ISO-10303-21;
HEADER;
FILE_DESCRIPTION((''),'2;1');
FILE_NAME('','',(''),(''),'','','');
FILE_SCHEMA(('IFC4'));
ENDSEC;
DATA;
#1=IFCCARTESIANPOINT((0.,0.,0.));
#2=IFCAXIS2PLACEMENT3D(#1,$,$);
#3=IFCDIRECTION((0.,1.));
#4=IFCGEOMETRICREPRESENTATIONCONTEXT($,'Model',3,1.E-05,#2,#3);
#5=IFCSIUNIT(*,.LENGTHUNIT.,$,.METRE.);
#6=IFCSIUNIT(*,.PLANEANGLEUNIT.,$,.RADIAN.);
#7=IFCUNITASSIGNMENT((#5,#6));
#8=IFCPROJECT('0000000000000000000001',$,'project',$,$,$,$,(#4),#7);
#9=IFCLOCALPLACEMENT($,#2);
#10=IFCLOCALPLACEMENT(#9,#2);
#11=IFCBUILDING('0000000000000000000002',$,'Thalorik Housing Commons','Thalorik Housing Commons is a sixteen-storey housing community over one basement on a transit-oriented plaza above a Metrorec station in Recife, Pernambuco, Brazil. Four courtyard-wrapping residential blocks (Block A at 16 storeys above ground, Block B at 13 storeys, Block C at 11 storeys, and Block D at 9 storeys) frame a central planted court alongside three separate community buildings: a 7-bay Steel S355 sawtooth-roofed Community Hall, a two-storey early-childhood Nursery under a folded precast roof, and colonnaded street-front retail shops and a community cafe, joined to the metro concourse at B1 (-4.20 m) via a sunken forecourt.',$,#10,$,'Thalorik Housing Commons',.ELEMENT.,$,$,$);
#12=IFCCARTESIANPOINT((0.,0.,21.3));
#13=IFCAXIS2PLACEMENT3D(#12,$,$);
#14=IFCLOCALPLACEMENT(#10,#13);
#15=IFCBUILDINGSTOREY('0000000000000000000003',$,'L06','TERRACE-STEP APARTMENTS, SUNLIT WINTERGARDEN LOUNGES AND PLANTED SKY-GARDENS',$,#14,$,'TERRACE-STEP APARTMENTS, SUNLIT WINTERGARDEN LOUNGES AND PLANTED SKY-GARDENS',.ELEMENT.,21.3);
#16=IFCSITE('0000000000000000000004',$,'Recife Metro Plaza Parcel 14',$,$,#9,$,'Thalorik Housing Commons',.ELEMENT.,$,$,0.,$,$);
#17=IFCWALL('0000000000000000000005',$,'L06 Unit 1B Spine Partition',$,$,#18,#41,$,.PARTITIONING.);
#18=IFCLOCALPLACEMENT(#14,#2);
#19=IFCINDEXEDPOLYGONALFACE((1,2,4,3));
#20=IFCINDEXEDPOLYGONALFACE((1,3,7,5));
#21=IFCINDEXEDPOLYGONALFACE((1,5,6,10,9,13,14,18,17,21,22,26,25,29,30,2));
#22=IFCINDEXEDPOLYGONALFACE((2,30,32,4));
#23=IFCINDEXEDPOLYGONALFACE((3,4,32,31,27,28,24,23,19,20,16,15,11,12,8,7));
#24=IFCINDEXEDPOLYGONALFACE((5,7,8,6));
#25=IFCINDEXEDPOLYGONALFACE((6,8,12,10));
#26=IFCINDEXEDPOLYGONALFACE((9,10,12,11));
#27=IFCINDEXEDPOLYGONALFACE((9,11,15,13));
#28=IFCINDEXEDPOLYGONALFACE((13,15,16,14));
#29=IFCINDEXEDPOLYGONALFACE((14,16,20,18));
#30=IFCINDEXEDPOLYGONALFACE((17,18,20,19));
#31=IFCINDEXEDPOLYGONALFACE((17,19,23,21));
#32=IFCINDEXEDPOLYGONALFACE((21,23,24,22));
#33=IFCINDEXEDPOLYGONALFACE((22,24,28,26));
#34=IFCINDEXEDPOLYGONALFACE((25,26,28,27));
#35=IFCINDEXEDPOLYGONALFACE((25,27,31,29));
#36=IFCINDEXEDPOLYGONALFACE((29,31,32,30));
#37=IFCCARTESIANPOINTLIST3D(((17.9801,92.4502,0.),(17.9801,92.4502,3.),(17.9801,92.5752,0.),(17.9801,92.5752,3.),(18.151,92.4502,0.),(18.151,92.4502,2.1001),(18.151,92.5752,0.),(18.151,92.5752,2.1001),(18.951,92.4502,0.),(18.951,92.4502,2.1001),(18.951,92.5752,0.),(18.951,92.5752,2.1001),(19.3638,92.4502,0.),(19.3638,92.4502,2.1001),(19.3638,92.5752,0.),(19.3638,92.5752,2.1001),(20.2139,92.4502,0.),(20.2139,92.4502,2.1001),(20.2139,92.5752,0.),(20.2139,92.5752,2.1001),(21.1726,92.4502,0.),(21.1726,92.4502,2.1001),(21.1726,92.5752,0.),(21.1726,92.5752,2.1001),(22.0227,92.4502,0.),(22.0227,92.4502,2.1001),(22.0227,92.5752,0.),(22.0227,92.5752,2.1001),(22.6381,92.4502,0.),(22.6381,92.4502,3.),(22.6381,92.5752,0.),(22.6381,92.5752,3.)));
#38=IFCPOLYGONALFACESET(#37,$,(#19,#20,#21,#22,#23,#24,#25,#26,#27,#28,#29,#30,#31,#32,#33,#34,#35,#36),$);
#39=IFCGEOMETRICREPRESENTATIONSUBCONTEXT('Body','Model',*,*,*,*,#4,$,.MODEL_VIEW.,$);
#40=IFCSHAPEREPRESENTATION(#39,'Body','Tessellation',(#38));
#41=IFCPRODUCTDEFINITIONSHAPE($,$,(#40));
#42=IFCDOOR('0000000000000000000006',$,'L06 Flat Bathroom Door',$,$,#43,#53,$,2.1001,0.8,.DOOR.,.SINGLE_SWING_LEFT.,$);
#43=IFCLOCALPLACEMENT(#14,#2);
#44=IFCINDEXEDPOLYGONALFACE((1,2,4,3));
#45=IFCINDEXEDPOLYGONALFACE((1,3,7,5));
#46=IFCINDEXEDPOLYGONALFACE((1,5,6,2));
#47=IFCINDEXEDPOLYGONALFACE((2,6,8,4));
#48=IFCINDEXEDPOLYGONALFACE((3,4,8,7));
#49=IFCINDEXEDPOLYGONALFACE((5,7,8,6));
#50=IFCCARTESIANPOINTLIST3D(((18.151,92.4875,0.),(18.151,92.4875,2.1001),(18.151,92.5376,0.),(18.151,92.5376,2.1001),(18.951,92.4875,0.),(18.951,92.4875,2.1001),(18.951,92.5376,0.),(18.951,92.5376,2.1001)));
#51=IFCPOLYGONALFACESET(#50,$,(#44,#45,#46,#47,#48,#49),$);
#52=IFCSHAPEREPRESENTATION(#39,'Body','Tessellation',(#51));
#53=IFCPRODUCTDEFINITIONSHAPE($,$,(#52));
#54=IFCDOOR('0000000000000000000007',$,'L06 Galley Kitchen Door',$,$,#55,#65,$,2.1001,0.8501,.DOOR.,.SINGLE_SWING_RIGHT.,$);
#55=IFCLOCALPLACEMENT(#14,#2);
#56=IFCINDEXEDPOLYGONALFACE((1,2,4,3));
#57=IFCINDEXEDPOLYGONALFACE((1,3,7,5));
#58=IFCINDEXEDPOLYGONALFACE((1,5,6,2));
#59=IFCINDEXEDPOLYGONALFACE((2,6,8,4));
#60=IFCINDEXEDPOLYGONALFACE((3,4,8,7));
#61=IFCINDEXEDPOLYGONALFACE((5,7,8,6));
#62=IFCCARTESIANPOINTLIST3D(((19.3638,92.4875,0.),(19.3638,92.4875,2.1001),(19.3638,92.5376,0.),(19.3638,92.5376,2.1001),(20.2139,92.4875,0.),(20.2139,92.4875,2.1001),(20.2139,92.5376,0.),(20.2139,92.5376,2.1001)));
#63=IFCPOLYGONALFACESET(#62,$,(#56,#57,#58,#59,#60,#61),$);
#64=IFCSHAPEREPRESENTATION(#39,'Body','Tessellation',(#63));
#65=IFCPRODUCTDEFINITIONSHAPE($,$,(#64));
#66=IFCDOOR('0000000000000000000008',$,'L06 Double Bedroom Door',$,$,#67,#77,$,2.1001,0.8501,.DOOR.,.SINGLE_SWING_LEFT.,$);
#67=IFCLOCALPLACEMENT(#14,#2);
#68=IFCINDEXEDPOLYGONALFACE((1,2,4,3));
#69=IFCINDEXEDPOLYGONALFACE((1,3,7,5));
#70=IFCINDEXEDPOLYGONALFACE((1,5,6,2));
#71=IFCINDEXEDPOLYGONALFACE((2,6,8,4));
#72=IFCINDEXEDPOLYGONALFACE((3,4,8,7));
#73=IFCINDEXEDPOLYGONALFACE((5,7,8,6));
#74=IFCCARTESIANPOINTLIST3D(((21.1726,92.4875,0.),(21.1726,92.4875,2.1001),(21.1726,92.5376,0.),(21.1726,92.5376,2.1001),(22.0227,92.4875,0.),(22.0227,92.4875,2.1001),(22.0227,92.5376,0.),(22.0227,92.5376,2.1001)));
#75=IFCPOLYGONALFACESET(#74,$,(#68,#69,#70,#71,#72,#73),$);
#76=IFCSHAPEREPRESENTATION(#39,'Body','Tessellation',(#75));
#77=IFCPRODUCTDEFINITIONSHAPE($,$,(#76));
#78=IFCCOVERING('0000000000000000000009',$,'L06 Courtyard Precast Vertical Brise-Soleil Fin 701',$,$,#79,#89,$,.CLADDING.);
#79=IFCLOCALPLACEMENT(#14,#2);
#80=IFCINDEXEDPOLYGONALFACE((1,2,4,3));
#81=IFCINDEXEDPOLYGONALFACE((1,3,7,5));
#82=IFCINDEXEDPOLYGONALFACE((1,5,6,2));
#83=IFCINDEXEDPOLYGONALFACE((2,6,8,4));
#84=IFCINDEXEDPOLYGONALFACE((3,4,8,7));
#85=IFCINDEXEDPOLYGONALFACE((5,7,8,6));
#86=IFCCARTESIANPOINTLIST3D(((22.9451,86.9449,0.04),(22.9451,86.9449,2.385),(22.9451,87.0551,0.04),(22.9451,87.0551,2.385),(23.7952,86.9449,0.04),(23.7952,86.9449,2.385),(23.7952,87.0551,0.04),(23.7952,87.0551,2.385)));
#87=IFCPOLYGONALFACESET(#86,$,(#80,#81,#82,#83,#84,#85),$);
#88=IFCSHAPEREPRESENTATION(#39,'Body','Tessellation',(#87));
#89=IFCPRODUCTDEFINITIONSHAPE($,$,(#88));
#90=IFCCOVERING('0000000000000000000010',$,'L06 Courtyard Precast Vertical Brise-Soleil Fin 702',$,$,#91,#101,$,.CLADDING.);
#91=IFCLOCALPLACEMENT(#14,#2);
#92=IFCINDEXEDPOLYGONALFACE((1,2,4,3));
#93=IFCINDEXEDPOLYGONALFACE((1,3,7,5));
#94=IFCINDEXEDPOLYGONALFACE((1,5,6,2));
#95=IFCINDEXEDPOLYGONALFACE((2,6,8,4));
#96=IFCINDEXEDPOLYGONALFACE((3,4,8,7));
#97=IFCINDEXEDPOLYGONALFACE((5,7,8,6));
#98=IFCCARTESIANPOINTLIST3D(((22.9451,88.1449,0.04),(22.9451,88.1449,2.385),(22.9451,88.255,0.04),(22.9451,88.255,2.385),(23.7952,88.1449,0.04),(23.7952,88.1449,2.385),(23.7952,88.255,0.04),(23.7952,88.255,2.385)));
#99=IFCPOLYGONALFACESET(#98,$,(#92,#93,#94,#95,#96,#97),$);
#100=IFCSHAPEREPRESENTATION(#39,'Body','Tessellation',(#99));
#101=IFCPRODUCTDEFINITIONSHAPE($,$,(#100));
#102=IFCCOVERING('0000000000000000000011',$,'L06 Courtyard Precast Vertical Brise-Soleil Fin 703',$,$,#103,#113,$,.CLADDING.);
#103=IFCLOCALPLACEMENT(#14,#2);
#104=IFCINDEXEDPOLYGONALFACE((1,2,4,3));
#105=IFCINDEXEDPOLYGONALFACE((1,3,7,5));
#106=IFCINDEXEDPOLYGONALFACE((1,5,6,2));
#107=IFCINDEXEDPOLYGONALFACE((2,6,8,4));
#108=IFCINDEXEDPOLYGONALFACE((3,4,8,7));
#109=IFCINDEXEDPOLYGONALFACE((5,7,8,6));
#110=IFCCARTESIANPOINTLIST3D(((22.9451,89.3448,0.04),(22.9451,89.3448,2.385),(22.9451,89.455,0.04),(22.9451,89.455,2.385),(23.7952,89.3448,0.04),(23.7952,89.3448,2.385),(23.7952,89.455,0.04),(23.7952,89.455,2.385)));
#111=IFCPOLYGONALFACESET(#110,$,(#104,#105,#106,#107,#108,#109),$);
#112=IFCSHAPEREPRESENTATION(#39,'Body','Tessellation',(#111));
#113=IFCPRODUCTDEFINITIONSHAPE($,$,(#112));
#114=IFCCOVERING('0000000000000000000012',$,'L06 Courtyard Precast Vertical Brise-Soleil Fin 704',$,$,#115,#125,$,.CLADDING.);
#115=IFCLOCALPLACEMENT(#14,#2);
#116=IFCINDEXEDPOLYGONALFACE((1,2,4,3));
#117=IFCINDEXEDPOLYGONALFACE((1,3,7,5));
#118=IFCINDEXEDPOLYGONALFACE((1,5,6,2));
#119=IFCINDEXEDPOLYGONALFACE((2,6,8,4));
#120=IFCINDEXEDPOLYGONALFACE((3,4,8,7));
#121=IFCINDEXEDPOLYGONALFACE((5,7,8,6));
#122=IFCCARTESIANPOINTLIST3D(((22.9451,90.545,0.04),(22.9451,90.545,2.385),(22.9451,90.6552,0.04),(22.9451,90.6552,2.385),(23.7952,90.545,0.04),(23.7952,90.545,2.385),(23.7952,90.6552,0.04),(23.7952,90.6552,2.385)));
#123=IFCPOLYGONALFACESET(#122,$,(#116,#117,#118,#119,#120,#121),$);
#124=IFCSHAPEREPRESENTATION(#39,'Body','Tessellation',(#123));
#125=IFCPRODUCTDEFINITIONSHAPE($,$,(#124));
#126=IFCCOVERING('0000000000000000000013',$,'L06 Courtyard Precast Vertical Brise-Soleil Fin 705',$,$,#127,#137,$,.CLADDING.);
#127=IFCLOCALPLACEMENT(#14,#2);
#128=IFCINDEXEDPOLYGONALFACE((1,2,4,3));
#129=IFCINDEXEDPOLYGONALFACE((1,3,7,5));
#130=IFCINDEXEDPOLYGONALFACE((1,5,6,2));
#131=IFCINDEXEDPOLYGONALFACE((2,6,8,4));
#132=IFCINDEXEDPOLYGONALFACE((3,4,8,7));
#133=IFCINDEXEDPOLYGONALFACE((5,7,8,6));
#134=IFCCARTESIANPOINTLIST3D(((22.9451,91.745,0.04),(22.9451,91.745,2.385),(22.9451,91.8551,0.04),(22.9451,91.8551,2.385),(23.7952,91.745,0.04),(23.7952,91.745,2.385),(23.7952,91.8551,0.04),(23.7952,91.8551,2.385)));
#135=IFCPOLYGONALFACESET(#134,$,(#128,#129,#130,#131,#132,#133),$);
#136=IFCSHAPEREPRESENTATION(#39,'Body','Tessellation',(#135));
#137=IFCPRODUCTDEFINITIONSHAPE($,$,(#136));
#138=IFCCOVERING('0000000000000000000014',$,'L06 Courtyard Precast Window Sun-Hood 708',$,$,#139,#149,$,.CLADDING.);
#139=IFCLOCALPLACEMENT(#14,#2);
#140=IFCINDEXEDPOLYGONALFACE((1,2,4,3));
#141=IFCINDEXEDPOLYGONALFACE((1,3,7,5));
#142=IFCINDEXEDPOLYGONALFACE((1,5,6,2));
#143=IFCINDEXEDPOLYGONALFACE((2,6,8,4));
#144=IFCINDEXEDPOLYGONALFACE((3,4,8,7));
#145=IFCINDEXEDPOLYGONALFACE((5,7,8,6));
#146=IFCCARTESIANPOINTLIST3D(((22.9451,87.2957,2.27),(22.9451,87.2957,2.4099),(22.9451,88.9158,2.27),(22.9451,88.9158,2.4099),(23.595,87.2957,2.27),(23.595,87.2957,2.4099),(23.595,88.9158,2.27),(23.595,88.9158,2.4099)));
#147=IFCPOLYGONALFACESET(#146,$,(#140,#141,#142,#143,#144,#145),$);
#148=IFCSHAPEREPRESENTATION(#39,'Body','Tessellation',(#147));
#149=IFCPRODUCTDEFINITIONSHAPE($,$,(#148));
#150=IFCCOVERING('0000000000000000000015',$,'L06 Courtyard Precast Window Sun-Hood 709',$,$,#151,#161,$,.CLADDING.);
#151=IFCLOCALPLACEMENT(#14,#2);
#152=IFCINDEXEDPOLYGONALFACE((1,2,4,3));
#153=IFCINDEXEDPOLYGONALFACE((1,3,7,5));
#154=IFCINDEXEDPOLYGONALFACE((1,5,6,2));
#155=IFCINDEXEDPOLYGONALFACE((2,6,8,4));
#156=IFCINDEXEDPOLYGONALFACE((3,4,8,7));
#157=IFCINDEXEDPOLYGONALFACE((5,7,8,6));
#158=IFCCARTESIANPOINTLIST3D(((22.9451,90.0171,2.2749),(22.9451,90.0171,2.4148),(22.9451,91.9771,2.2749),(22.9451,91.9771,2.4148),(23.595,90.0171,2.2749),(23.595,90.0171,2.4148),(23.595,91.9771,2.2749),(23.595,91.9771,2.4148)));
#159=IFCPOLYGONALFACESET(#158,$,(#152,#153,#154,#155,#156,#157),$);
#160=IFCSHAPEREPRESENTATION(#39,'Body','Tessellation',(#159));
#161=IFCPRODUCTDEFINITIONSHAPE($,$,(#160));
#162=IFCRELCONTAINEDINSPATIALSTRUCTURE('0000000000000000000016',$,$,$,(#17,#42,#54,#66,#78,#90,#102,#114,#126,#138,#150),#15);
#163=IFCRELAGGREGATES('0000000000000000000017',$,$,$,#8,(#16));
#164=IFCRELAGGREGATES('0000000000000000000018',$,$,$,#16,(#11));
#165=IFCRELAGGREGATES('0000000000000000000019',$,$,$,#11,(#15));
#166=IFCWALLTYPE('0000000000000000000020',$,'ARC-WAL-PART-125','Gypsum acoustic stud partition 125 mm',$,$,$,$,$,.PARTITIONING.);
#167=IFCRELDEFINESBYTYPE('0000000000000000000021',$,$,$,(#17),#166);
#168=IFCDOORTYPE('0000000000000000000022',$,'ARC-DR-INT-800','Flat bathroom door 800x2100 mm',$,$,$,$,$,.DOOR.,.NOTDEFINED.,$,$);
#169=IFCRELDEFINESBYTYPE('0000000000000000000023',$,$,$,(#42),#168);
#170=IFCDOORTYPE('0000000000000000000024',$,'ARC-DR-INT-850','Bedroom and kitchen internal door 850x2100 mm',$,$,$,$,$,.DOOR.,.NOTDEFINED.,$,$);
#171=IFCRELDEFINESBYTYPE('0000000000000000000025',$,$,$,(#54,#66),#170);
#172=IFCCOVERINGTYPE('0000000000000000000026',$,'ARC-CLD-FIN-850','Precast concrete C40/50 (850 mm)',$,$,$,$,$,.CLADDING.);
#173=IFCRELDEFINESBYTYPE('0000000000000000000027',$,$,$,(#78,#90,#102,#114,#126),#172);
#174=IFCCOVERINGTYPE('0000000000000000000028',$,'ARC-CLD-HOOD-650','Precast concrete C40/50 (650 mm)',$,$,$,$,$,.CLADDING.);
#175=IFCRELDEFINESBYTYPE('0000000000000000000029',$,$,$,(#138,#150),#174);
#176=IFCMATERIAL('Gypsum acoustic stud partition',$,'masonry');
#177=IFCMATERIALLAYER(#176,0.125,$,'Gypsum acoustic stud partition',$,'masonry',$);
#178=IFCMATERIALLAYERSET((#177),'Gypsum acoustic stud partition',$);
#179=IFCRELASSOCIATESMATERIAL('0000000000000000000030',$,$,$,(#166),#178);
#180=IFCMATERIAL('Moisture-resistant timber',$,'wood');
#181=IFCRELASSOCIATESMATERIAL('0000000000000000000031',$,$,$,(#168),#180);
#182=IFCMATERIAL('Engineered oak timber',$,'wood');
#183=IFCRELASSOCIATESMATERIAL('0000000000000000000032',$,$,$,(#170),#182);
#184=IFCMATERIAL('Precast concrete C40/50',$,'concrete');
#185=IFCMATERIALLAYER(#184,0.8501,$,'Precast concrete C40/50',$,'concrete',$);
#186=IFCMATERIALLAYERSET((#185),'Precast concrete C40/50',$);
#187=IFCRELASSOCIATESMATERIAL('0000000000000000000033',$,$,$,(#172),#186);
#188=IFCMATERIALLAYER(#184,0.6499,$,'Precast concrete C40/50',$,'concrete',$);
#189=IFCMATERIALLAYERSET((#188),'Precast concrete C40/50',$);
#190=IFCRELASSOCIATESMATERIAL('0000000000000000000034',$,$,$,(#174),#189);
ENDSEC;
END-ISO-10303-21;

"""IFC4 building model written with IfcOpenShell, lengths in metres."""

from ifc_helpers import new_model, si_unit, direction, frame, frame_2d, origin, origin_2d, place, context, subcontext, project, spatial, rectangle, extrude, material, layer, layer_set, type_object, element, fill, save


model = new_model("IFC4")

# Units and contexts
model_context = context("Model", 3, precision=1e-05, world=origin(), true_north=direction((0.0, 1.0)))
body_context = subcontext(model_context, "Body", "Model", "MODEL_VIEW")
ifc_project = project(units=[si_unit("LENGTHUNIT", "METRE"), si_unit("PLANEANGLEUNIT", "RADIAN")], contexts=[model_context])

# Site, building, storey
site_placement = place(None, origin())
site = spatial("IfcSite", under=ifc_project, at=site_placement, Name="Recife Metro Plaza Parcel 14", LongName="Thalorik Housing Commons", CompositionType="ELEMENT", RefElevation=0.0)
building_placement = place(site_placement, origin())
building = spatial("IfcBuilding", under=site, at=building_placement, Name="Thalorik Housing Commons", Description="Thalorik Housing Commons is a sixteen-storey housing community over one basement on a transit-oriented plaza above a Metrorec station in Recife, Pernambuco, Brazil. Four courtyard-wrapping residential blocks (Block A at 16 storeys above ground, Block B at 13 storeys, Block C at 11 storeys, and Block D at 9 storeys) frame a central planted court alongside three separate community buildings: a 7-bay Steel S355 sawtooth-roofed Community Hall, a two-storey early-childhood Nursery under a folded precast roof, and colonnaded street-front retail shops and a community cafe, joined to the metro concourse at B1 (-4.20 m) via a sunken forecourt.", LongName="Thalorik Housing Commons", CompositionType="ELEMENT")
storey_placement = place(building_placement, frame((0.0, 0.0, 21.3)))
storey = spatial("IfcBuildingStorey", under=building, at=storey_placement, Name="L06", Description="TERRACE-STEP APARTMENTS, SUNLIT WINTERGARDEN LOUNGES AND PLANTED SKY-GARDENS", LongName="TERRACE-STEP APARTMENTS, SUNLIT WINTERGARDEN LOUNGES AND PLANTED SKY-GARDENS", CompositionType="ELEMENT", Elevation=21.3)

# Shared definitions
ifc_material_1 = material(Name="Precast concrete C40/50", Category="concrete")

# Wall, openings, doors
ifc_material_2 = material(Name="Gypsum acoustic stud partition", Category="masonry")
ifc_layer_1 = layer(ifc_material_2, 0.125, Name="Gypsum acoustic stud partition", Category="masonry")
ifc_layer_set_1 = layer_set([ifc_layer_1], Name="Gypsum acoustic stud partition")
wall_type_1 = type_object("IfcWallType", Name="ARC-WAL-PART-125", Description="Gypsum acoustic stud partition 125 mm", PredefinedType="PARTITIONING", material=ifc_layer_set_1)
wall_1_placement = place(storey_placement, frame((17.98, 92.5127, 0.0), z_axis=(0.0, 0.0, 1.0), x_axis=(1.0, 0.0, 0.0)))
wall_1 = element("IfcWall", 1, at=wall_1_placement, inside=storey, type_object=wall_type_1, Name="L06 Unit 1B Spine Partition", PredefinedType="PARTITIONING", context=body_context, shape_type="SweptSolid", body=[
    extrude(rectangle(XDim=4.658, YDim=0.125, at=frame_2d((2.3291, 0.0))), origin(), (0.0, 0.0, 1.0), 3.0),
])
opening_1_placement = place(wall_1_placement, frame((0.1711, 0.0, 0.0)))
opening_1 = element("IfcOpeningElement", 2, at=opening_1_placement, cuts=wall_1, PredefinedType="OPENING", context=body_context, shape_type="SweptSolid", body=[
    extrude(rectangle(XDim=0.8, YDim=2.1001, at=frame_2d((0.3999, 1.05))), frame((0.0, 0.0725, 0.0), z_axis=(0.0, -1.0, 0.0), x_axis=(1.0, 0.0, 0.0)), (0.0, 0.0, 1.0), 0.145),
])
opening_2_placement = place(wall_1_placement, frame((1.3838, 0.0, 0.0)))
opening_2 = element("IfcOpeningElement", 3, at=opening_2_placement, cuts=wall_1, PredefinedType="OPENING", context=body_context, shape_type="SweptSolid", body=[
    extrude(rectangle(XDim=0.8501, YDim=2.1001, at=frame_2d((0.425, 1.05))), frame((0.0, 0.0725, 0.0), z_axis=(0.0, -1.0, 0.0), x_axis=(1.0, 0.0, 0.0)), (0.0, 0.0, 1.0), 0.145),
])
opening_3_placement = place(wall_1_placement, frame((3.1926, 0.0, 0.0)))
opening_3 = element("IfcOpeningElement", 4, at=opening_3_placement, cuts=wall_1, PredefinedType="OPENING", context=body_context, shape_type="SweptSolid", body=[
    extrude(rectangle(XDim=0.8501, YDim=2.1001, at=frame_2d((0.425, 1.05))), frame((0.0, 0.0725, 0.0), z_axis=(0.0, -1.0, 0.0), x_axis=(1.0, 0.0, 0.0)), (0.0, 0.0, 1.0), 0.145),
])
ifc_material_3 = material(Name="Moisture-resistant timber", Category="wood")
door_type_1 = type_object("IfcDoorType", Name="ARC-DR-INT-800", Description="Flat bathroom door 800x2100 mm", OperationType="NOTDEFINED", PredefinedType="DOOR", material=ifc_material_3)
door_1_placement = place(opening_1_placement, origin())
door_1 = element("IfcDoor", 5, at=door_1_placement, inside=storey, type_object=door_type_1, Name="L06 Flat Bathroom Door", OperationType="SINGLE_SWING_LEFT", OverallHeight=2.1001, OverallWidth=0.8, PredefinedType="DOOR", context=body_context, shape_type="SweptSolid", body=[
    extrude(rectangle(XDim=0.8, YDim=2.1001, at=frame_2d((0.3999, 1.05))), frame((0.0, 0.0249, 0.0), z_axis=(0.0, -1.0, 0.0), x_axis=(1.0, 0.0, 0.0)), (0.0, 0.0, 1.0), 0.05),
])
fill(opening_1, door_1)
ifc_material_4 = material(Name="Engineered oak timber", Category="wood")
door_type_2 = type_object("IfcDoorType", Name="ARC-DR-INT-850", Description="Bedroom and kitchen internal door 850x2100 mm", OperationType="NOTDEFINED", PredefinedType="DOOR", material=ifc_material_4)
door_2_placement = place(opening_2_placement, origin())
door_2 = element("IfcDoor", 6, at=door_2_placement, inside=storey, type_object=door_type_2, Name="L06 Galley Kitchen Door", OperationType="SINGLE_SWING_RIGHT", OverallHeight=2.1001, OverallWidth=0.8501, PredefinedType="DOOR", context=body_context, shape_type="SweptSolid", body=[
    extrude(rectangle(XDim=0.8501, YDim=2.1001, at=frame_2d((0.425, 1.05))), frame((0.0, 0.0249, 0.0), z_axis=(0.0, -1.0, 0.0), x_axis=(1.0, 0.0, 0.0)), (0.0, 0.0, 1.0), 0.05),
])
fill(opening_2, door_2)
door_3_placement = place(opening_3_placement, origin())
door_3 = element("IfcDoor", 7, at=door_3_placement, inside=storey, type_object=door_type_2, Name="L06 Double Bedroom Door", OperationType="SINGLE_SWING_LEFT", OverallHeight=2.1001, OverallWidth=0.8501, PredefinedType="DOOR", context=body_context, shape_type="SweptSolid", body=[
    extrude(rectangle(XDim=0.8501, YDim=2.1001, at=frame_2d((0.425, 1.05))), frame((0.0, 0.0249, 0.0), z_axis=(0.0, -1.0, 0.0), x_axis=(1.0, 0.0, 0.0)), (0.0, 0.0, 1.0), 0.05),
])
fill(opening_3, door_3)

# Coverings
ifc_layer_2 = layer(ifc_material_1, 0.8501, Name="Precast concrete C40/50", Category="concrete")
ifc_layer_set_2 = layer_set([ifc_layer_2], Name="Precast concrete C40/50")
covering_type_1 = type_object("IfcCoveringType", Name="ARC-CLD-FIN-850", Description="Precast concrete C40/50 (850 mm)", PredefinedType="CLADDING", material=ifc_layer_set_2)
for number, where, z_axis, x_axis, name in (
    (8, (23.3701, 87.0, 0.04), (0.0, 0.0, 1.0), (0.0, 1.0, 0.0), "L06 Courtyard Precast Vertical Brise-Soleil Fin 701"),
    (9, (23.3701, 88.2, 0.04), (0.0, 0.0, 1.0), (0.0, 1.0, 0.0), "L06 Courtyard Precast Vertical Brise-Soleil Fin 702"),
    (10, (23.3701, 89.3999, 0.04), (0.0, 0.0, 1.0), (0.0, 1.0, 0.0), "L06 Courtyard Precast Vertical Brise-Soleil Fin 703"),
    (11, (23.3701, 90.6001, 0.04), (0.0, 0.0, 1.0), (0.0, 1.0, 0.0), "L06 Courtyard Precast Vertical Brise-Soleil Fin 704"),
    (12, (23.3701, 91.8, 0.04), (0.0, 0.0, 1.0), (0.0, 1.0, 0.0), "L06 Courtyard Precast Vertical Brise-Soleil Fin 705"),
):
    element("IfcCovering", number, at=place(storey_placement, frame(where, z_axis=z_axis, x_axis=x_axis)), inside=storey, type_object=covering_type_1, Name=name, PredefinedType="CLADDING", context=body_context, shape_type="SweptSolid", body=[
        extrude(rectangle(XDim=0.1101, YDim=0.8501, at=origin_2d()), origin(), (0.0, 0.0, 1.0), 2.345),
    ])
ifc_layer_3 = layer(ifc_material_1, 0.6499, Name="Precast concrete C40/50", Category="concrete")
ifc_layer_set_3 = layer_set([ifc_layer_3], Name="Precast concrete C40/50")
covering_type_2 = type_object("IfcCoveringType", Name="ARC-CLD-HOOD-650", Description="Precast concrete C40/50 (650 mm)", PredefinedType="CLADDING", material=ifc_layer_set_3)
covering_1_placement = place(storey_placement, frame((23.27, 88.1057, 2.27), z_axis=(0.0, 0.0, 1.0), x_axis=(0.0, 1.0, 0.0)))
element("IfcCovering", 13, at=covering_1_placement, inside=storey, type_object=covering_type_2, Name="L06 Courtyard Precast Window Sun-Hood 708", PredefinedType="CLADDING", context=body_context, shape_type="SweptSolid", body=[
    extrude(rectangle(XDim=1.6201, YDim=0.6499, at=origin_2d()), origin(), (0.0, 0.0, 1.0), 0.1399),
])
covering_2_placement = place(storey_placement, frame((23.27, 90.9971, 2.2749), z_axis=(0.0, 0.0, 1.0), x_axis=(0.0, 1.0, 0.0)))
element("IfcCovering", 14, at=covering_2_placement, inside=storey, type_object=covering_type_2, Name="L06 Courtyard Precast Window Sun-Hood 709", PredefinedType="CLADDING", context=body_context, shape_type="SweptSolid", body=[
    extrude(rectangle(XDim=1.96, YDim=0.6499, at=origin_2d()), origin(), (0.0, 0.0, 1.0), 0.1399),
])

save(model, "model.ifc")
